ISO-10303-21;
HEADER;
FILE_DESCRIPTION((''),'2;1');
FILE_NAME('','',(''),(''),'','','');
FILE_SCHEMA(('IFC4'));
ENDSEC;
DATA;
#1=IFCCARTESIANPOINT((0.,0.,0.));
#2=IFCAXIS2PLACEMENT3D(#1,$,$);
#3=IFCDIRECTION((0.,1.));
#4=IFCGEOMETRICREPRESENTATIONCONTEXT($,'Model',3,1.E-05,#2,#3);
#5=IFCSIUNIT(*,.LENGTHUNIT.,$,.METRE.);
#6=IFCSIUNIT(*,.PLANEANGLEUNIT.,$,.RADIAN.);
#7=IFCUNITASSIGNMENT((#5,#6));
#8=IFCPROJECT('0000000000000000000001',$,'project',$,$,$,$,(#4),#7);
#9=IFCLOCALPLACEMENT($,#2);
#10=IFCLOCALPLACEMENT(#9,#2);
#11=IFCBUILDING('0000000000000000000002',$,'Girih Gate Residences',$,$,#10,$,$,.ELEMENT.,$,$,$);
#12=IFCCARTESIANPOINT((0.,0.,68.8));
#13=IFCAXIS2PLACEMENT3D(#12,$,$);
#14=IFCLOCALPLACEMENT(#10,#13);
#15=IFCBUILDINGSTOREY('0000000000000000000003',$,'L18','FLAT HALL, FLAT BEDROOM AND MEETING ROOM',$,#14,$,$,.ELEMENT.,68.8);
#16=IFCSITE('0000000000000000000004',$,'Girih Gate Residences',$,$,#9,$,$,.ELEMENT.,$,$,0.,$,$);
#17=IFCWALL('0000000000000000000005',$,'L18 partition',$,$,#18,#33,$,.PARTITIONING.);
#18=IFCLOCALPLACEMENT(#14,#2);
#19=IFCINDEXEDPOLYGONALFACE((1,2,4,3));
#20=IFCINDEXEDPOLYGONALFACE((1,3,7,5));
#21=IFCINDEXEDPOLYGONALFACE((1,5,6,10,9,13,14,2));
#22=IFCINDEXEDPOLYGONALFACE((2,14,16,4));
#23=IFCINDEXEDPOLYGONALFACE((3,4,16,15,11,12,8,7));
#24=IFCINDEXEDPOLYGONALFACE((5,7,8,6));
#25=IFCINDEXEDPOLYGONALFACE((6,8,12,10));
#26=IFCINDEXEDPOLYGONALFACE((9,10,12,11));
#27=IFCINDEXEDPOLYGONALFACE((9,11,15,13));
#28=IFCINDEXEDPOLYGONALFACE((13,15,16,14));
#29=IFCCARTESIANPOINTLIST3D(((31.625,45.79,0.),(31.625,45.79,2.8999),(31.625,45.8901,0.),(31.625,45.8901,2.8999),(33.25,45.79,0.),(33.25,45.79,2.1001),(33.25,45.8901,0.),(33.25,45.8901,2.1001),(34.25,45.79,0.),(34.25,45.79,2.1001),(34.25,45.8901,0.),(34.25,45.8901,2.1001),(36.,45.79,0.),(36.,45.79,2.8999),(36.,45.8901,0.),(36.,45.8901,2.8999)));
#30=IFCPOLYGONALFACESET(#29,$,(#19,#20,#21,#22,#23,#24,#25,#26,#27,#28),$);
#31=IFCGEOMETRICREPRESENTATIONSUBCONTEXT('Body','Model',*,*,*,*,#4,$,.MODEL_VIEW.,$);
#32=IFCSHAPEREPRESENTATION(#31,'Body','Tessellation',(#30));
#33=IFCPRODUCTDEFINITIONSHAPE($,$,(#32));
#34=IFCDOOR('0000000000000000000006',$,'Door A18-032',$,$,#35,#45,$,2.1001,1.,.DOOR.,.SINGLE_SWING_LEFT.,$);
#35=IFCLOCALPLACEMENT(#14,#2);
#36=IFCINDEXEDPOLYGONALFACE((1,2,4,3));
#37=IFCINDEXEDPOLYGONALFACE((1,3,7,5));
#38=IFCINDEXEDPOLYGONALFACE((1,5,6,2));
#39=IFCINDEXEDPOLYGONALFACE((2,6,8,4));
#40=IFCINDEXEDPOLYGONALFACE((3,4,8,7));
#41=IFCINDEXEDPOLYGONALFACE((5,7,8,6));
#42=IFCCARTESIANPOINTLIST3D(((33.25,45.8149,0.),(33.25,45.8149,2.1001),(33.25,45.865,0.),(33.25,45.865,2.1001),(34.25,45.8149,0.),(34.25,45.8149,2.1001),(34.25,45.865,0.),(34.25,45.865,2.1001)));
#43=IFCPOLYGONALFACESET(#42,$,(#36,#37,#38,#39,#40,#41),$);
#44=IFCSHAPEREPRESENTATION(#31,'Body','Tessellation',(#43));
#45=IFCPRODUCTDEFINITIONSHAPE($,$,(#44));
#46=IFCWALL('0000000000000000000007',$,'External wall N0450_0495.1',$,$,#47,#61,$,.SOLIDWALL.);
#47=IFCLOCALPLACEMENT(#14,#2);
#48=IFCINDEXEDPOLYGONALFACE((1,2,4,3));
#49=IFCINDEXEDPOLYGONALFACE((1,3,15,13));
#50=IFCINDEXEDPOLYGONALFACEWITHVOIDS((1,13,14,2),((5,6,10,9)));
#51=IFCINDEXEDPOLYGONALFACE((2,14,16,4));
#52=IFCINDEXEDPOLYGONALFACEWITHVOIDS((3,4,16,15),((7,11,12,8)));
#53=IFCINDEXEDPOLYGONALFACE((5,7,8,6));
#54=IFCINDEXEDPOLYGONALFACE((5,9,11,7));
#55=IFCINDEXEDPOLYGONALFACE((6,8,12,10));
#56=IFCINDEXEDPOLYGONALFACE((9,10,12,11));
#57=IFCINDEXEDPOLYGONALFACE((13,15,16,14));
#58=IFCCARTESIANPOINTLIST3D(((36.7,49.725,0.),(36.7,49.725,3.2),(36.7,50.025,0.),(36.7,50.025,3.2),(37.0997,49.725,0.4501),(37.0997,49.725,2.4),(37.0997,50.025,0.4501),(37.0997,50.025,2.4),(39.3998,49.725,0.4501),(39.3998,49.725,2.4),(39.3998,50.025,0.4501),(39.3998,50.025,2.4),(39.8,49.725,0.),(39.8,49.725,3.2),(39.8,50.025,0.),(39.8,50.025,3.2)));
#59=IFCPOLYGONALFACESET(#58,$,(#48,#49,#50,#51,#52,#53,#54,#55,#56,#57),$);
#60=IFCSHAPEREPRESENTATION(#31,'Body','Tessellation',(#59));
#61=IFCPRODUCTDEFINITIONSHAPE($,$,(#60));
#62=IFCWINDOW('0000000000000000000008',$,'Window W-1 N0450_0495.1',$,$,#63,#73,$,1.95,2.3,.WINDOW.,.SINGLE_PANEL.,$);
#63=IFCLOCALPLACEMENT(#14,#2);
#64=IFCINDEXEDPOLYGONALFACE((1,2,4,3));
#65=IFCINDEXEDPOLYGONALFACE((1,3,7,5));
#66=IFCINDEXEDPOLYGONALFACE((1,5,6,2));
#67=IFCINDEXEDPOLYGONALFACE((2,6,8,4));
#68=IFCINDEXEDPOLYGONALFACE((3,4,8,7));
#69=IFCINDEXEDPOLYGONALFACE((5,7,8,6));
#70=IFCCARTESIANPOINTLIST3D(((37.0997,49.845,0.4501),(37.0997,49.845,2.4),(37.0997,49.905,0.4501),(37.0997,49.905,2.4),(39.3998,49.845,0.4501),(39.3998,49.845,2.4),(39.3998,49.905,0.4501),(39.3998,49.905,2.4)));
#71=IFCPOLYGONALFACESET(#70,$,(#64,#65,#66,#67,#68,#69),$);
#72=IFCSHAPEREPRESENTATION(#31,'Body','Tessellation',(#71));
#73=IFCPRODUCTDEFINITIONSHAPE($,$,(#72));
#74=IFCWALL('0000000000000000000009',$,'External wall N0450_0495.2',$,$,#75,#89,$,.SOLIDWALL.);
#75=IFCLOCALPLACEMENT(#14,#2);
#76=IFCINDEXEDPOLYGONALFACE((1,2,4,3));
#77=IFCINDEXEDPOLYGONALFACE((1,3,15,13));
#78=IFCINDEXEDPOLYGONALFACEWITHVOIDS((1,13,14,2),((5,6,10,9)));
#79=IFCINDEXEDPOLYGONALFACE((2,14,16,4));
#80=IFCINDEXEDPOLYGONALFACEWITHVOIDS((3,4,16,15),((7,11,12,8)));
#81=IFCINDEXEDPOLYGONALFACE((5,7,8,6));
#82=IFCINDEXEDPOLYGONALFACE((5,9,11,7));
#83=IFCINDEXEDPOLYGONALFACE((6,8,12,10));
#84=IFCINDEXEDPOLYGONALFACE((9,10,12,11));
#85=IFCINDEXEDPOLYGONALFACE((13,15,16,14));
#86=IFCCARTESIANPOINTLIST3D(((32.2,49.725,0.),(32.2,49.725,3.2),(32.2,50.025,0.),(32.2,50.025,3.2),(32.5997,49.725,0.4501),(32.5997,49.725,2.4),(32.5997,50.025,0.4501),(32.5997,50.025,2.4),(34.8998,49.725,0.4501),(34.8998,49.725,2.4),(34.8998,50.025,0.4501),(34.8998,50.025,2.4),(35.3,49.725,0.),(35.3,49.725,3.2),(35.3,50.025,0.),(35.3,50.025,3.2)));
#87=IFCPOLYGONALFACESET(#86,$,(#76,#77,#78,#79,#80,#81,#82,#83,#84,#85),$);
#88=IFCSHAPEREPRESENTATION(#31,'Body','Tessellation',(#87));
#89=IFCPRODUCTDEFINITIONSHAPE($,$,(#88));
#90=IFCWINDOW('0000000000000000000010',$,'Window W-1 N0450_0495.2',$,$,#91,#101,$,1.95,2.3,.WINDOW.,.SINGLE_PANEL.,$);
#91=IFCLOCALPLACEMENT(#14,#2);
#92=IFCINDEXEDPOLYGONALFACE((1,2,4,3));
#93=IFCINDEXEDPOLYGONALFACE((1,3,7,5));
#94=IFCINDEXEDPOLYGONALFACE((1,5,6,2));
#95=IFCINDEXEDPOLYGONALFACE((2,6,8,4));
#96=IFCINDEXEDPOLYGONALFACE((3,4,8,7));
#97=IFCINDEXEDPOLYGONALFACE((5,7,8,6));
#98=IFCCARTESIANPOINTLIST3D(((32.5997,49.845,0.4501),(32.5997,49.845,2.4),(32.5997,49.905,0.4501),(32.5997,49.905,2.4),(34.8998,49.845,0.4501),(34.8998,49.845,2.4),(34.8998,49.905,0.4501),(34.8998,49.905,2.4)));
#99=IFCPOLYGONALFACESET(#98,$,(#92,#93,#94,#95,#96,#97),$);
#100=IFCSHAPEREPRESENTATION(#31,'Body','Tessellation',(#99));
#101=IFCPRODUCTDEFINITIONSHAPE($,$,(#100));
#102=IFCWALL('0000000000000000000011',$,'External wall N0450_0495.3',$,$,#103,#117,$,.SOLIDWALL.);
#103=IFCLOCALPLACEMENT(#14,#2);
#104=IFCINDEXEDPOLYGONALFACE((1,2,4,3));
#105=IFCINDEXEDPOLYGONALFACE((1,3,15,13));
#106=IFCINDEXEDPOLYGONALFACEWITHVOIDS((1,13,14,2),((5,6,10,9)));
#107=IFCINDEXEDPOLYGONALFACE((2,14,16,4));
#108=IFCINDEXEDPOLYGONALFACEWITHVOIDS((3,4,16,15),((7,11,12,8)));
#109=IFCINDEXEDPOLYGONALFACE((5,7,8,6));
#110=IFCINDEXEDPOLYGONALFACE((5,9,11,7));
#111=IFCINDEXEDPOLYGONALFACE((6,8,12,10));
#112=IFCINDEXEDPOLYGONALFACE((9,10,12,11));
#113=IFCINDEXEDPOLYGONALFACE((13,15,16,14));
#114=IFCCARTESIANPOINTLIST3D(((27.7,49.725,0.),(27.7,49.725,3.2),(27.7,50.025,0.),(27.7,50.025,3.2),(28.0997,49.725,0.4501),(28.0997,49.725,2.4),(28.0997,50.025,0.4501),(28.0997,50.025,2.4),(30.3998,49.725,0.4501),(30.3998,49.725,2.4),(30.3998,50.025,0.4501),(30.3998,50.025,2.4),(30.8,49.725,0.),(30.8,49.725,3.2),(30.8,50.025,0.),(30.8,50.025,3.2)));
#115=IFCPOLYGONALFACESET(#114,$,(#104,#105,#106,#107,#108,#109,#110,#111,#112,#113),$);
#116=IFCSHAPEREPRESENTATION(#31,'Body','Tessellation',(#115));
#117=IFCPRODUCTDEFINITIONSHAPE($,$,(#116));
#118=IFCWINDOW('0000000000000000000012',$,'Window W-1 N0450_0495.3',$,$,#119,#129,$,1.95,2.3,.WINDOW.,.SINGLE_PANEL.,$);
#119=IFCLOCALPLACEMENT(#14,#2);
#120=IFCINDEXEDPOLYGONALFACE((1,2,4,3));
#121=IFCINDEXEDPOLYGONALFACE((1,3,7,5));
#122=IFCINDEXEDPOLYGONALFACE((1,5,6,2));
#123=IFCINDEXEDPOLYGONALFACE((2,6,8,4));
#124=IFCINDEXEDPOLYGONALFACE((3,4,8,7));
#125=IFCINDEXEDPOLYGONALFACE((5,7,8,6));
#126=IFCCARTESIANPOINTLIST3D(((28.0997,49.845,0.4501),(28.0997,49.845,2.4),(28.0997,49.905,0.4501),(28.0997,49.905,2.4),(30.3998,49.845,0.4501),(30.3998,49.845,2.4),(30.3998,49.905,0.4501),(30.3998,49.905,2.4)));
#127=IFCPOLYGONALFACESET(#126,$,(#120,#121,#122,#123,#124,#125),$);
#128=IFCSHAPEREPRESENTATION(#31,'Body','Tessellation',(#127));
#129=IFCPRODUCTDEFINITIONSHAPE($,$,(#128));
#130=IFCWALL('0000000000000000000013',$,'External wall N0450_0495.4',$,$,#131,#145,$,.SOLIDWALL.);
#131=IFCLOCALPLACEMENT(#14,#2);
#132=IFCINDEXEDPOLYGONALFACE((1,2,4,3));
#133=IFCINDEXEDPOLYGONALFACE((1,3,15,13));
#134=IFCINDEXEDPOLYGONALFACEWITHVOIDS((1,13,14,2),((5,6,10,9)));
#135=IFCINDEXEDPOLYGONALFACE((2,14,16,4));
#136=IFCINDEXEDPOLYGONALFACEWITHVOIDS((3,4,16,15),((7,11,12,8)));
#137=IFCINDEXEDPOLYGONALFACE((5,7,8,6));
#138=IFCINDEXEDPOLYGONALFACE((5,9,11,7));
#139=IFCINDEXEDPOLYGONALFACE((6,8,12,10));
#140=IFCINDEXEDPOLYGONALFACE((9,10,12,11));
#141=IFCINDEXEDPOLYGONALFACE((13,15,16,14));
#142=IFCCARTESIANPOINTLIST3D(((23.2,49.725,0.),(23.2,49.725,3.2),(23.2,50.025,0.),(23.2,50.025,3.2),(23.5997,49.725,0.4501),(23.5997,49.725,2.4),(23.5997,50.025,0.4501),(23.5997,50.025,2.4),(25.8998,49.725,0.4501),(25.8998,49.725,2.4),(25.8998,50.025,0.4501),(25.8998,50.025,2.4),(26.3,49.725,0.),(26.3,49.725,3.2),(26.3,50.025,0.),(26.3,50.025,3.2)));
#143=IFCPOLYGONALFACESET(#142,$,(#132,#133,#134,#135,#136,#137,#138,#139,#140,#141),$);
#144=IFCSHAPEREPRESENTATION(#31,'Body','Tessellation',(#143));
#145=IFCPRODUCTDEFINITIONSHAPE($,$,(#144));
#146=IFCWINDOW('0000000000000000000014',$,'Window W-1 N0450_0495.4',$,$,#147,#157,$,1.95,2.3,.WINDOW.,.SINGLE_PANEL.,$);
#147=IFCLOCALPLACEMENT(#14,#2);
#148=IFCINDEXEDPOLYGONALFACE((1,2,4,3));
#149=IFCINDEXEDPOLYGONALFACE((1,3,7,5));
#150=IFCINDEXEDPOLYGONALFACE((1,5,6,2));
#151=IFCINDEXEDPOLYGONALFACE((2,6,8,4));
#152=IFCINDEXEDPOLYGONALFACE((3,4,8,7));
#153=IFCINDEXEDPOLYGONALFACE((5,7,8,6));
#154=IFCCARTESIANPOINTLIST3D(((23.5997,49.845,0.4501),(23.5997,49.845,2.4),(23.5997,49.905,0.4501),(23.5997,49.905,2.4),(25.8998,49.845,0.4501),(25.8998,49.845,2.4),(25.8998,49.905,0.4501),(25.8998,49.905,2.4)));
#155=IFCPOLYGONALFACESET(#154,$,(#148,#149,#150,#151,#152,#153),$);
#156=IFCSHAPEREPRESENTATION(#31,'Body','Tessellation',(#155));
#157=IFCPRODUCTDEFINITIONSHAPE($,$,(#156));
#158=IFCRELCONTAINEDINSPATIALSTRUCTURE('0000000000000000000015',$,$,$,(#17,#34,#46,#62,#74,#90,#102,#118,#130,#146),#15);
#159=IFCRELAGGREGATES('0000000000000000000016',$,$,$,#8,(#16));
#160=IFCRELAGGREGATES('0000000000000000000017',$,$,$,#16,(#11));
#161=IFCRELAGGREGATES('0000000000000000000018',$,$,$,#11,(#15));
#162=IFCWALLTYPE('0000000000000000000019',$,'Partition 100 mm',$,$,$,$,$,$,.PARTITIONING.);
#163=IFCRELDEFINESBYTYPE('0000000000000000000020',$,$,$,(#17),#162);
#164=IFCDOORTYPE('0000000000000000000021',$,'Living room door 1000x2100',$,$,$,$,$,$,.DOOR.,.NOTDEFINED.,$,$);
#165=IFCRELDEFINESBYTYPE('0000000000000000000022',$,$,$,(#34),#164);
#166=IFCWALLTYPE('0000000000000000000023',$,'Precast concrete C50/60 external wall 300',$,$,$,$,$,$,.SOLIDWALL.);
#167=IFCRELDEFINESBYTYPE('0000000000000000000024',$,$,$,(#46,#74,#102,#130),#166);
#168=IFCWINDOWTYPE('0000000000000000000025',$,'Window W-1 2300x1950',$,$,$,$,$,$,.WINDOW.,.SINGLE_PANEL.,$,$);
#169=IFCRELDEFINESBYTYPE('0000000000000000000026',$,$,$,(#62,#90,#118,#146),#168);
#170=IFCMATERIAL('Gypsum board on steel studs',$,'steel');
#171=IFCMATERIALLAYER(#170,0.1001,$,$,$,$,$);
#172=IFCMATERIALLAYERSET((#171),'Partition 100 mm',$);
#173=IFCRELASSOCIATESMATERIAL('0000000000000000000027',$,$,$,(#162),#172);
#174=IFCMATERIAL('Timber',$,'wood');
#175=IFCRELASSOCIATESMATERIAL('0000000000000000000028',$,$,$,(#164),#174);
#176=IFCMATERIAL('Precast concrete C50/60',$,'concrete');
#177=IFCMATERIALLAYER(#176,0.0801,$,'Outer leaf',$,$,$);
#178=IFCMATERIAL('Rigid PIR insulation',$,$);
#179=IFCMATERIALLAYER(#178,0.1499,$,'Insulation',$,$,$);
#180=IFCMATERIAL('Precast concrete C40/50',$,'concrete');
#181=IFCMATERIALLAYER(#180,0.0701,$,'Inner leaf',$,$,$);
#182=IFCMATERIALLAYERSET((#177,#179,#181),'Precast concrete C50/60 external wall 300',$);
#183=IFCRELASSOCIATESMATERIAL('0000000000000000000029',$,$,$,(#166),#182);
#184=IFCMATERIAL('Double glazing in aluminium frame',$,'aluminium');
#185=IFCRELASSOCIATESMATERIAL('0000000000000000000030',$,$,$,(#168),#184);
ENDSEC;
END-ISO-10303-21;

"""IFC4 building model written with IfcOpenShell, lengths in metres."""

from ifc_helpers import new_model, si_unit, direction, frame, frame_2d, origin, place, context, subcontext, project, spatial, rectangle, extrude, material, layer, layer_set, type_object, element, fill, save


model = new_model("IFC4")

# Units and contexts
model_context = context("Model", 3, precision=1e-05, world=origin(), true_north=direction((0.0, 1.0)))
body_context = subcontext(model_context, "Body", "Model", "MODEL_VIEW")
ifc_project = project(units=[si_unit("LENGTHUNIT", "METRE"), si_unit("PLANEANGLEUNIT", "RADIAN")], contexts=[model_context])

# Site, building, storey
site_placement = place(None, origin())
site = spatial("IfcSite", under=ifc_project, at=site_placement, Name="Girih Gate Residences", CompositionType="ELEMENT", RefElevation=0.0)
building_placement = place(site_placement, origin())
building = spatial("IfcBuilding", under=site, at=building_placement, Name="Girih Gate Residences", CompositionType="ELEMENT")
storey_placement = place(building_placement, frame((0.0, 0.0, 68.8)))
storey = spatial("IfcBuildingStorey", under=building, at=storey_placement, Name="L18", Description="FLAT HALL, FLAT BEDROOM AND MEETING ROOM", CompositionType="ELEMENT", Elevation=68.8)

# Shared definitions
ifc_material_1 = material(Name="Gypsum board on steel studs", Category="steel")

# Shared definitions
ifc_layer_1 = layer(ifc_material_1, 0.1001)
ifc_layer_set_1 = layer_set([ifc_layer_1], Name="Partition 100 mm")
wall_type_1 = type_object("IfcWallType", Name="Partition 100 mm", PredefinedType="PARTITIONING", material=ifc_layer_set_1)
ifc_material_2 = material(Name="Timber", Category="wood")

# Wall, opening, door
wall_1_placement = place(storey_placement, frame((31.625, 45.8401, 0.0), z_axis=(0.0, 0.0, 1.0), x_axis=(1.0, 0.0, 0.0)))
wall_1 = element("IfcWall", 1, at=wall_1_placement, inside=storey, type_object=wall_type_1, Name="L18 partition", PredefinedType="PARTITIONING", context=body_context, shape_type="SweptSolid", body=[
    extrude(rectangle(XDim=4.375, YDim=0.1001, at=frame_2d((2.1875, 0.0))), origin(), (0.0, 0.0, 1.0), 2.8999),
])
opening_1_placement = place(wall_1_placement, frame((1.625, 0.0, 0.0)))
opening_1 = element("IfcOpeningElement", 2, at=opening_1_placement, cuts=wall_1, PredefinedType="OPENING", context=body_context, shape_type="SweptSolid", body=[
    extrude(rectangle(XDim=1.0, YDim=2.1001, at=frame_2d((0.5, 1.05))), frame((0.0, 0.0601, 0.0), z_axis=(0.0, -1.0, 0.0), x_axis=(1.0, 0.0, 0.0)), (0.0, 0.0, 1.0), 0.1201),
])
door_type_1 = type_object("IfcDoorType", Name="Living room door 1000x2100", OperationType="NOTDEFINED", PredefinedType="DOOR", material=ifc_material_2)
door_1_placement = place(opening_1_placement, origin())
door_1 = element("IfcDoor", 3, at=door_1_placement, inside=storey, type_object=door_type_1, Name="Door A18-032", OperationType="SINGLE_SWING_LEFT", OverallHeight=2.1001, OverallWidth=1.0, PredefinedType="DOOR", context=body_context, shape_type="SweptSolid", body=[
    extrude(rectangle(XDim=1.0, YDim=2.1001, at=frame_2d((0.5, 1.05))), frame((0.0, 0.0249, 0.0), z_axis=(0.0, -1.0, 0.0), x_axis=(1.0, 0.0, 0.0)), (0.0, 0.0, 1.0), 0.05),
])
fill(opening_1, door_1)

# Walls, openings, windows
ifc_material_3 = material(Name="Precast concrete C50/60", Category="concrete")
ifc_layer_2 = layer(ifc_material_3, 0.0801, Name="Outer leaf")
ifc_material_4 = material(Name="Rigid PIR insulation")
ifc_layer_3 = layer(ifc_material_4, 0.1499, Name="Insulation")
ifc_material_5 = material(Name="Precast concrete C40/50", Category="concrete")
ifc_layer_4 = layer(ifc_material_5, 0.0701, Name="Inner leaf")
ifc_layer_set_2 = layer_set([ifc_layer_2, ifc_layer_3, ifc_layer_4], Name="Precast concrete C50/60 external wall 300")
wall_type_2 = type_object("IfcWallType", Name="Precast concrete C50/60 external wall 300", PredefinedType="SOLIDWALL", material=ifc_layer_set_2)
wall_2_placement = place(storey_placement, frame((36.7, 49.875, 0.0), z_axis=(0.0, 0.0, 1.0), x_axis=(1.0, 0.0, 0.0)))
wall_2 = element("IfcWall", 4, at=wall_2_placement, inside=storey, type_object=wall_type_2, Name="External wall N0450_0495.1", PredefinedType="SOLIDWALL", context=body_context, shape_type="SweptSolid", body=[
    extrude(rectangle(XDim=3.1001, YDim=0.3, at=frame_2d((1.55, 0.0))), origin(), (0.0, 0.0, 1.0), 3.2),
])
opening_2_placement = place(wall_2_placement, frame((0.3999, 0.0, 0.45)))
opening_2 = element("IfcOpeningElement", 5, at=opening_2_placement, cuts=wall_2, PredefinedType="OPENING", context=body_context, shape_type="SweptSolid", body=[
    extrude(rectangle(XDim=2.3, YDim=1.95, at=frame_2d((1.1499, 0.9751))), frame((0.0, 0.1599, 0.0), z_axis=(0.0, -1.0, 0.0), x_axis=(1.0, 0.0, 0.0)), (0.0, 0.0, 1.0), 0.3201),
])
ifc_material_6 = material(Name="Double glazing in aluminium frame", Category="aluminium")
window_type = type_object("IfcWindowType", Name="Window W-1 2300x1950", PartitioningType="SINGLE_PANEL", PredefinedType="WINDOW", material=ifc_material_6)
window_1_placement = place(opening_2_placement, origin())
window_1 = element("IfcWindow", 6, at=window_1_placement, inside=storey, type_object=window_type, Name="Window W-1 N0450_0495.1", OverallHeight=1.95, OverallWidth=2.3, PartitioningType="SINGLE_PANEL", PredefinedType="WINDOW", context=body_context, shape_type="SweptSolid", body=[
    extrude(rectangle(XDim=2.3, YDim=1.95, at=frame_2d((1.1499, 0.9751))), frame((0.0, 0.03, 0.0), z_axis=(0.0, -1.0, 0.0), x_axis=(1.0, 0.0, 0.0)), (0.0, 0.0, 1.0), 0.0601),
])
fill(opening_2, window_1)
wall_3_placement = place(storey_placement, frame((32.2, 49.875, 0.0), z_axis=(0.0, 0.0, 1.0), x_axis=(1.0, 0.0, 0.0)))
wall_3 = element("IfcWall", 7, at=wall_3_placement, inside=storey, type_object=wall_type_2, Name="External wall N0450_0495.2", PredefinedType="SOLIDWALL", context=body_context, shape_type="SweptSolid", body=[
    extrude(rectangle(XDim=3.1001, YDim=0.3, at=frame_2d((1.55, 0.0))), origin(), (0.0, 0.0, 1.0), 3.2),
])
opening_3_placement = place(wall_3_placement, frame((0.3999, 0.0, 0.45)))
opening_3 = element("IfcOpeningElement", 8, at=opening_3_placement, cuts=wall_3, PredefinedType="OPENING", context=body_context, shape_type="SweptSolid", body=[
    extrude(rectangle(XDim=2.3, YDim=1.95, at=frame_2d((1.1499, 0.9751))), frame((0.0, 0.1599, 0.0), z_axis=(0.0, -1.0, 0.0), x_axis=(1.0, 0.0, 0.0)), (0.0, 0.0, 1.0), 0.3201),
])
window_2_placement = place(opening_3_placement, origin())
window_2 = element("IfcWindow", 9, at=window_2_placement, inside=storey, type_object=window_type, Name="Window W-1 N0450_0495.2", OverallHeight=1.95, OverallWidth=2.3, PartitioningType="SINGLE_PANEL", PredefinedType="WINDOW", context=body_context, shape_type="SweptSolid", body=[
    extrude(rectangle(XDim=2.3, YDim=1.95, at=frame_2d((1.1499, 0.9751))), frame((0.0, 0.03, 0.0), z_axis=(0.0, -1.0, 0.0), x_axis=(1.0, 0.0, 0.0)), (0.0, 0.0, 1.0), 0.0601),
])
fill(opening_3, window_2)
wall_4_placement = place(storey_placement, frame((27.7, 49.875, 0.0), z_axis=(0.0, 0.0, 1.0), x_axis=(1.0, 0.0, 0.0)))
wall_4 = element("IfcWall", 10, at=wall_4_placement, inside=storey, type_object=wall_type_2, Name="External wall N0450_0495.3", PredefinedType="SOLIDWALL", context=body_context, shape_type="SweptSolid", body=[
    extrude(rectangle(XDim=3.1001, YDim=0.3, at=frame_2d((1.55, 0.0))), origin(), (0.0, 0.0, 1.0), 3.2),
])
opening_4_placement = place(wall_4_placement, frame((0.3999, 0.0, 0.45)))
opening_4 = element("IfcOpeningElement", 11, at=opening_4_placement, cuts=wall_4, PredefinedType="OPENING", context=body_context, shape_type="SweptSolid", body=[
    extrude(rectangle(XDim=2.3, YDim=1.95, at=frame_2d((1.1499, 0.9751))), frame((0.0, 0.1599, 0.0), z_axis=(0.0, -1.0, 0.0), x_axis=(1.0, 0.0, 0.0)), (0.0, 0.0, 1.0), 0.3201),
])
window_3_placement = place(opening_4_placement, origin())
window_3 = element("IfcWindow", 12, at=window_3_placement, inside=storey, type_object=window_type, Name="Window W-1 N0450_0495.3", OverallHeight=1.95, OverallWidth=2.3, PartitioningType="SINGLE_PANEL", PredefinedType="WINDOW", context=body_context, shape_type="SweptSolid", body=[
    extrude(rectangle(XDim=2.3, YDim=1.95, at=frame_2d((1.1499, 0.9751))), frame((0.0, 0.03, 0.0), z_axis=(0.0, -1.0, 0.0), x_axis=(1.0, 0.0, 0.0)), (0.0, 0.0, 1.0), 0.0601),
])
fill(opening_4, window_3)
wall_5_placement = place(storey_placement, frame((23.2, 49.875, 0.0), z_axis=(0.0, 0.0, 1.0), x_axis=(1.0, 0.0, 0.0)))
wall_5 = element("IfcWall", 13, at=wall_5_placement, inside=storey, type_object=wall_type_2, Name="External wall N0450_0495.4", PredefinedType="SOLIDWALL", context=body_context, shape_type="SweptSolid", body=[
    extrude(rectangle(XDim=3.1001, YDim=0.3, at=frame_2d((1.55, 0.0))), origin(), (0.0, 0.0, 1.0), 3.2),
])
opening_5_placement = place(wall_5_placement, frame((0.3999, 0.0, 0.45)))
opening_5 = element("IfcOpeningElement", 14, at=opening_5_placement, cuts=wall_5, PredefinedType="OPENING", context=body_context, shape_type="SweptSolid", body=[
    extrude(rectangle(XDim=2.3, YDim=1.95, at=frame_2d((1.1499, 0.9751))), frame((0.0, 0.1599, 0.0), z_axis=(0.0, -1.0, 0.0), x_axis=(1.0, 0.0, 0.0)), (0.0, 0.0, 1.0), 0.3201),
])
window_4_placement = place(opening_5_placement, origin())
window_4 = element("IfcWindow", 15, at=window_4_placement, inside=storey, type_object=window_type, Name="Window W-1 N0450_0495.4", OverallHeight=1.95, OverallWidth=2.3, PartitioningType="SINGLE_PANEL", PredefinedType="WINDOW", context=body_context, shape_type="SweptSolid", body=[
    extrude(rectangle(XDim=2.3, YDim=1.95, at=frame_2d((1.1499, 0.9751))), frame((0.0, 0.03, 0.0), z_axis=(0.0, -1.0, 0.0), x_axis=(1.0, 0.0, 0.0)), (0.0, 0.0, 1.0), 0.0601),
])
fill(opening_5, window_4)

save(model, "model.ifc")
